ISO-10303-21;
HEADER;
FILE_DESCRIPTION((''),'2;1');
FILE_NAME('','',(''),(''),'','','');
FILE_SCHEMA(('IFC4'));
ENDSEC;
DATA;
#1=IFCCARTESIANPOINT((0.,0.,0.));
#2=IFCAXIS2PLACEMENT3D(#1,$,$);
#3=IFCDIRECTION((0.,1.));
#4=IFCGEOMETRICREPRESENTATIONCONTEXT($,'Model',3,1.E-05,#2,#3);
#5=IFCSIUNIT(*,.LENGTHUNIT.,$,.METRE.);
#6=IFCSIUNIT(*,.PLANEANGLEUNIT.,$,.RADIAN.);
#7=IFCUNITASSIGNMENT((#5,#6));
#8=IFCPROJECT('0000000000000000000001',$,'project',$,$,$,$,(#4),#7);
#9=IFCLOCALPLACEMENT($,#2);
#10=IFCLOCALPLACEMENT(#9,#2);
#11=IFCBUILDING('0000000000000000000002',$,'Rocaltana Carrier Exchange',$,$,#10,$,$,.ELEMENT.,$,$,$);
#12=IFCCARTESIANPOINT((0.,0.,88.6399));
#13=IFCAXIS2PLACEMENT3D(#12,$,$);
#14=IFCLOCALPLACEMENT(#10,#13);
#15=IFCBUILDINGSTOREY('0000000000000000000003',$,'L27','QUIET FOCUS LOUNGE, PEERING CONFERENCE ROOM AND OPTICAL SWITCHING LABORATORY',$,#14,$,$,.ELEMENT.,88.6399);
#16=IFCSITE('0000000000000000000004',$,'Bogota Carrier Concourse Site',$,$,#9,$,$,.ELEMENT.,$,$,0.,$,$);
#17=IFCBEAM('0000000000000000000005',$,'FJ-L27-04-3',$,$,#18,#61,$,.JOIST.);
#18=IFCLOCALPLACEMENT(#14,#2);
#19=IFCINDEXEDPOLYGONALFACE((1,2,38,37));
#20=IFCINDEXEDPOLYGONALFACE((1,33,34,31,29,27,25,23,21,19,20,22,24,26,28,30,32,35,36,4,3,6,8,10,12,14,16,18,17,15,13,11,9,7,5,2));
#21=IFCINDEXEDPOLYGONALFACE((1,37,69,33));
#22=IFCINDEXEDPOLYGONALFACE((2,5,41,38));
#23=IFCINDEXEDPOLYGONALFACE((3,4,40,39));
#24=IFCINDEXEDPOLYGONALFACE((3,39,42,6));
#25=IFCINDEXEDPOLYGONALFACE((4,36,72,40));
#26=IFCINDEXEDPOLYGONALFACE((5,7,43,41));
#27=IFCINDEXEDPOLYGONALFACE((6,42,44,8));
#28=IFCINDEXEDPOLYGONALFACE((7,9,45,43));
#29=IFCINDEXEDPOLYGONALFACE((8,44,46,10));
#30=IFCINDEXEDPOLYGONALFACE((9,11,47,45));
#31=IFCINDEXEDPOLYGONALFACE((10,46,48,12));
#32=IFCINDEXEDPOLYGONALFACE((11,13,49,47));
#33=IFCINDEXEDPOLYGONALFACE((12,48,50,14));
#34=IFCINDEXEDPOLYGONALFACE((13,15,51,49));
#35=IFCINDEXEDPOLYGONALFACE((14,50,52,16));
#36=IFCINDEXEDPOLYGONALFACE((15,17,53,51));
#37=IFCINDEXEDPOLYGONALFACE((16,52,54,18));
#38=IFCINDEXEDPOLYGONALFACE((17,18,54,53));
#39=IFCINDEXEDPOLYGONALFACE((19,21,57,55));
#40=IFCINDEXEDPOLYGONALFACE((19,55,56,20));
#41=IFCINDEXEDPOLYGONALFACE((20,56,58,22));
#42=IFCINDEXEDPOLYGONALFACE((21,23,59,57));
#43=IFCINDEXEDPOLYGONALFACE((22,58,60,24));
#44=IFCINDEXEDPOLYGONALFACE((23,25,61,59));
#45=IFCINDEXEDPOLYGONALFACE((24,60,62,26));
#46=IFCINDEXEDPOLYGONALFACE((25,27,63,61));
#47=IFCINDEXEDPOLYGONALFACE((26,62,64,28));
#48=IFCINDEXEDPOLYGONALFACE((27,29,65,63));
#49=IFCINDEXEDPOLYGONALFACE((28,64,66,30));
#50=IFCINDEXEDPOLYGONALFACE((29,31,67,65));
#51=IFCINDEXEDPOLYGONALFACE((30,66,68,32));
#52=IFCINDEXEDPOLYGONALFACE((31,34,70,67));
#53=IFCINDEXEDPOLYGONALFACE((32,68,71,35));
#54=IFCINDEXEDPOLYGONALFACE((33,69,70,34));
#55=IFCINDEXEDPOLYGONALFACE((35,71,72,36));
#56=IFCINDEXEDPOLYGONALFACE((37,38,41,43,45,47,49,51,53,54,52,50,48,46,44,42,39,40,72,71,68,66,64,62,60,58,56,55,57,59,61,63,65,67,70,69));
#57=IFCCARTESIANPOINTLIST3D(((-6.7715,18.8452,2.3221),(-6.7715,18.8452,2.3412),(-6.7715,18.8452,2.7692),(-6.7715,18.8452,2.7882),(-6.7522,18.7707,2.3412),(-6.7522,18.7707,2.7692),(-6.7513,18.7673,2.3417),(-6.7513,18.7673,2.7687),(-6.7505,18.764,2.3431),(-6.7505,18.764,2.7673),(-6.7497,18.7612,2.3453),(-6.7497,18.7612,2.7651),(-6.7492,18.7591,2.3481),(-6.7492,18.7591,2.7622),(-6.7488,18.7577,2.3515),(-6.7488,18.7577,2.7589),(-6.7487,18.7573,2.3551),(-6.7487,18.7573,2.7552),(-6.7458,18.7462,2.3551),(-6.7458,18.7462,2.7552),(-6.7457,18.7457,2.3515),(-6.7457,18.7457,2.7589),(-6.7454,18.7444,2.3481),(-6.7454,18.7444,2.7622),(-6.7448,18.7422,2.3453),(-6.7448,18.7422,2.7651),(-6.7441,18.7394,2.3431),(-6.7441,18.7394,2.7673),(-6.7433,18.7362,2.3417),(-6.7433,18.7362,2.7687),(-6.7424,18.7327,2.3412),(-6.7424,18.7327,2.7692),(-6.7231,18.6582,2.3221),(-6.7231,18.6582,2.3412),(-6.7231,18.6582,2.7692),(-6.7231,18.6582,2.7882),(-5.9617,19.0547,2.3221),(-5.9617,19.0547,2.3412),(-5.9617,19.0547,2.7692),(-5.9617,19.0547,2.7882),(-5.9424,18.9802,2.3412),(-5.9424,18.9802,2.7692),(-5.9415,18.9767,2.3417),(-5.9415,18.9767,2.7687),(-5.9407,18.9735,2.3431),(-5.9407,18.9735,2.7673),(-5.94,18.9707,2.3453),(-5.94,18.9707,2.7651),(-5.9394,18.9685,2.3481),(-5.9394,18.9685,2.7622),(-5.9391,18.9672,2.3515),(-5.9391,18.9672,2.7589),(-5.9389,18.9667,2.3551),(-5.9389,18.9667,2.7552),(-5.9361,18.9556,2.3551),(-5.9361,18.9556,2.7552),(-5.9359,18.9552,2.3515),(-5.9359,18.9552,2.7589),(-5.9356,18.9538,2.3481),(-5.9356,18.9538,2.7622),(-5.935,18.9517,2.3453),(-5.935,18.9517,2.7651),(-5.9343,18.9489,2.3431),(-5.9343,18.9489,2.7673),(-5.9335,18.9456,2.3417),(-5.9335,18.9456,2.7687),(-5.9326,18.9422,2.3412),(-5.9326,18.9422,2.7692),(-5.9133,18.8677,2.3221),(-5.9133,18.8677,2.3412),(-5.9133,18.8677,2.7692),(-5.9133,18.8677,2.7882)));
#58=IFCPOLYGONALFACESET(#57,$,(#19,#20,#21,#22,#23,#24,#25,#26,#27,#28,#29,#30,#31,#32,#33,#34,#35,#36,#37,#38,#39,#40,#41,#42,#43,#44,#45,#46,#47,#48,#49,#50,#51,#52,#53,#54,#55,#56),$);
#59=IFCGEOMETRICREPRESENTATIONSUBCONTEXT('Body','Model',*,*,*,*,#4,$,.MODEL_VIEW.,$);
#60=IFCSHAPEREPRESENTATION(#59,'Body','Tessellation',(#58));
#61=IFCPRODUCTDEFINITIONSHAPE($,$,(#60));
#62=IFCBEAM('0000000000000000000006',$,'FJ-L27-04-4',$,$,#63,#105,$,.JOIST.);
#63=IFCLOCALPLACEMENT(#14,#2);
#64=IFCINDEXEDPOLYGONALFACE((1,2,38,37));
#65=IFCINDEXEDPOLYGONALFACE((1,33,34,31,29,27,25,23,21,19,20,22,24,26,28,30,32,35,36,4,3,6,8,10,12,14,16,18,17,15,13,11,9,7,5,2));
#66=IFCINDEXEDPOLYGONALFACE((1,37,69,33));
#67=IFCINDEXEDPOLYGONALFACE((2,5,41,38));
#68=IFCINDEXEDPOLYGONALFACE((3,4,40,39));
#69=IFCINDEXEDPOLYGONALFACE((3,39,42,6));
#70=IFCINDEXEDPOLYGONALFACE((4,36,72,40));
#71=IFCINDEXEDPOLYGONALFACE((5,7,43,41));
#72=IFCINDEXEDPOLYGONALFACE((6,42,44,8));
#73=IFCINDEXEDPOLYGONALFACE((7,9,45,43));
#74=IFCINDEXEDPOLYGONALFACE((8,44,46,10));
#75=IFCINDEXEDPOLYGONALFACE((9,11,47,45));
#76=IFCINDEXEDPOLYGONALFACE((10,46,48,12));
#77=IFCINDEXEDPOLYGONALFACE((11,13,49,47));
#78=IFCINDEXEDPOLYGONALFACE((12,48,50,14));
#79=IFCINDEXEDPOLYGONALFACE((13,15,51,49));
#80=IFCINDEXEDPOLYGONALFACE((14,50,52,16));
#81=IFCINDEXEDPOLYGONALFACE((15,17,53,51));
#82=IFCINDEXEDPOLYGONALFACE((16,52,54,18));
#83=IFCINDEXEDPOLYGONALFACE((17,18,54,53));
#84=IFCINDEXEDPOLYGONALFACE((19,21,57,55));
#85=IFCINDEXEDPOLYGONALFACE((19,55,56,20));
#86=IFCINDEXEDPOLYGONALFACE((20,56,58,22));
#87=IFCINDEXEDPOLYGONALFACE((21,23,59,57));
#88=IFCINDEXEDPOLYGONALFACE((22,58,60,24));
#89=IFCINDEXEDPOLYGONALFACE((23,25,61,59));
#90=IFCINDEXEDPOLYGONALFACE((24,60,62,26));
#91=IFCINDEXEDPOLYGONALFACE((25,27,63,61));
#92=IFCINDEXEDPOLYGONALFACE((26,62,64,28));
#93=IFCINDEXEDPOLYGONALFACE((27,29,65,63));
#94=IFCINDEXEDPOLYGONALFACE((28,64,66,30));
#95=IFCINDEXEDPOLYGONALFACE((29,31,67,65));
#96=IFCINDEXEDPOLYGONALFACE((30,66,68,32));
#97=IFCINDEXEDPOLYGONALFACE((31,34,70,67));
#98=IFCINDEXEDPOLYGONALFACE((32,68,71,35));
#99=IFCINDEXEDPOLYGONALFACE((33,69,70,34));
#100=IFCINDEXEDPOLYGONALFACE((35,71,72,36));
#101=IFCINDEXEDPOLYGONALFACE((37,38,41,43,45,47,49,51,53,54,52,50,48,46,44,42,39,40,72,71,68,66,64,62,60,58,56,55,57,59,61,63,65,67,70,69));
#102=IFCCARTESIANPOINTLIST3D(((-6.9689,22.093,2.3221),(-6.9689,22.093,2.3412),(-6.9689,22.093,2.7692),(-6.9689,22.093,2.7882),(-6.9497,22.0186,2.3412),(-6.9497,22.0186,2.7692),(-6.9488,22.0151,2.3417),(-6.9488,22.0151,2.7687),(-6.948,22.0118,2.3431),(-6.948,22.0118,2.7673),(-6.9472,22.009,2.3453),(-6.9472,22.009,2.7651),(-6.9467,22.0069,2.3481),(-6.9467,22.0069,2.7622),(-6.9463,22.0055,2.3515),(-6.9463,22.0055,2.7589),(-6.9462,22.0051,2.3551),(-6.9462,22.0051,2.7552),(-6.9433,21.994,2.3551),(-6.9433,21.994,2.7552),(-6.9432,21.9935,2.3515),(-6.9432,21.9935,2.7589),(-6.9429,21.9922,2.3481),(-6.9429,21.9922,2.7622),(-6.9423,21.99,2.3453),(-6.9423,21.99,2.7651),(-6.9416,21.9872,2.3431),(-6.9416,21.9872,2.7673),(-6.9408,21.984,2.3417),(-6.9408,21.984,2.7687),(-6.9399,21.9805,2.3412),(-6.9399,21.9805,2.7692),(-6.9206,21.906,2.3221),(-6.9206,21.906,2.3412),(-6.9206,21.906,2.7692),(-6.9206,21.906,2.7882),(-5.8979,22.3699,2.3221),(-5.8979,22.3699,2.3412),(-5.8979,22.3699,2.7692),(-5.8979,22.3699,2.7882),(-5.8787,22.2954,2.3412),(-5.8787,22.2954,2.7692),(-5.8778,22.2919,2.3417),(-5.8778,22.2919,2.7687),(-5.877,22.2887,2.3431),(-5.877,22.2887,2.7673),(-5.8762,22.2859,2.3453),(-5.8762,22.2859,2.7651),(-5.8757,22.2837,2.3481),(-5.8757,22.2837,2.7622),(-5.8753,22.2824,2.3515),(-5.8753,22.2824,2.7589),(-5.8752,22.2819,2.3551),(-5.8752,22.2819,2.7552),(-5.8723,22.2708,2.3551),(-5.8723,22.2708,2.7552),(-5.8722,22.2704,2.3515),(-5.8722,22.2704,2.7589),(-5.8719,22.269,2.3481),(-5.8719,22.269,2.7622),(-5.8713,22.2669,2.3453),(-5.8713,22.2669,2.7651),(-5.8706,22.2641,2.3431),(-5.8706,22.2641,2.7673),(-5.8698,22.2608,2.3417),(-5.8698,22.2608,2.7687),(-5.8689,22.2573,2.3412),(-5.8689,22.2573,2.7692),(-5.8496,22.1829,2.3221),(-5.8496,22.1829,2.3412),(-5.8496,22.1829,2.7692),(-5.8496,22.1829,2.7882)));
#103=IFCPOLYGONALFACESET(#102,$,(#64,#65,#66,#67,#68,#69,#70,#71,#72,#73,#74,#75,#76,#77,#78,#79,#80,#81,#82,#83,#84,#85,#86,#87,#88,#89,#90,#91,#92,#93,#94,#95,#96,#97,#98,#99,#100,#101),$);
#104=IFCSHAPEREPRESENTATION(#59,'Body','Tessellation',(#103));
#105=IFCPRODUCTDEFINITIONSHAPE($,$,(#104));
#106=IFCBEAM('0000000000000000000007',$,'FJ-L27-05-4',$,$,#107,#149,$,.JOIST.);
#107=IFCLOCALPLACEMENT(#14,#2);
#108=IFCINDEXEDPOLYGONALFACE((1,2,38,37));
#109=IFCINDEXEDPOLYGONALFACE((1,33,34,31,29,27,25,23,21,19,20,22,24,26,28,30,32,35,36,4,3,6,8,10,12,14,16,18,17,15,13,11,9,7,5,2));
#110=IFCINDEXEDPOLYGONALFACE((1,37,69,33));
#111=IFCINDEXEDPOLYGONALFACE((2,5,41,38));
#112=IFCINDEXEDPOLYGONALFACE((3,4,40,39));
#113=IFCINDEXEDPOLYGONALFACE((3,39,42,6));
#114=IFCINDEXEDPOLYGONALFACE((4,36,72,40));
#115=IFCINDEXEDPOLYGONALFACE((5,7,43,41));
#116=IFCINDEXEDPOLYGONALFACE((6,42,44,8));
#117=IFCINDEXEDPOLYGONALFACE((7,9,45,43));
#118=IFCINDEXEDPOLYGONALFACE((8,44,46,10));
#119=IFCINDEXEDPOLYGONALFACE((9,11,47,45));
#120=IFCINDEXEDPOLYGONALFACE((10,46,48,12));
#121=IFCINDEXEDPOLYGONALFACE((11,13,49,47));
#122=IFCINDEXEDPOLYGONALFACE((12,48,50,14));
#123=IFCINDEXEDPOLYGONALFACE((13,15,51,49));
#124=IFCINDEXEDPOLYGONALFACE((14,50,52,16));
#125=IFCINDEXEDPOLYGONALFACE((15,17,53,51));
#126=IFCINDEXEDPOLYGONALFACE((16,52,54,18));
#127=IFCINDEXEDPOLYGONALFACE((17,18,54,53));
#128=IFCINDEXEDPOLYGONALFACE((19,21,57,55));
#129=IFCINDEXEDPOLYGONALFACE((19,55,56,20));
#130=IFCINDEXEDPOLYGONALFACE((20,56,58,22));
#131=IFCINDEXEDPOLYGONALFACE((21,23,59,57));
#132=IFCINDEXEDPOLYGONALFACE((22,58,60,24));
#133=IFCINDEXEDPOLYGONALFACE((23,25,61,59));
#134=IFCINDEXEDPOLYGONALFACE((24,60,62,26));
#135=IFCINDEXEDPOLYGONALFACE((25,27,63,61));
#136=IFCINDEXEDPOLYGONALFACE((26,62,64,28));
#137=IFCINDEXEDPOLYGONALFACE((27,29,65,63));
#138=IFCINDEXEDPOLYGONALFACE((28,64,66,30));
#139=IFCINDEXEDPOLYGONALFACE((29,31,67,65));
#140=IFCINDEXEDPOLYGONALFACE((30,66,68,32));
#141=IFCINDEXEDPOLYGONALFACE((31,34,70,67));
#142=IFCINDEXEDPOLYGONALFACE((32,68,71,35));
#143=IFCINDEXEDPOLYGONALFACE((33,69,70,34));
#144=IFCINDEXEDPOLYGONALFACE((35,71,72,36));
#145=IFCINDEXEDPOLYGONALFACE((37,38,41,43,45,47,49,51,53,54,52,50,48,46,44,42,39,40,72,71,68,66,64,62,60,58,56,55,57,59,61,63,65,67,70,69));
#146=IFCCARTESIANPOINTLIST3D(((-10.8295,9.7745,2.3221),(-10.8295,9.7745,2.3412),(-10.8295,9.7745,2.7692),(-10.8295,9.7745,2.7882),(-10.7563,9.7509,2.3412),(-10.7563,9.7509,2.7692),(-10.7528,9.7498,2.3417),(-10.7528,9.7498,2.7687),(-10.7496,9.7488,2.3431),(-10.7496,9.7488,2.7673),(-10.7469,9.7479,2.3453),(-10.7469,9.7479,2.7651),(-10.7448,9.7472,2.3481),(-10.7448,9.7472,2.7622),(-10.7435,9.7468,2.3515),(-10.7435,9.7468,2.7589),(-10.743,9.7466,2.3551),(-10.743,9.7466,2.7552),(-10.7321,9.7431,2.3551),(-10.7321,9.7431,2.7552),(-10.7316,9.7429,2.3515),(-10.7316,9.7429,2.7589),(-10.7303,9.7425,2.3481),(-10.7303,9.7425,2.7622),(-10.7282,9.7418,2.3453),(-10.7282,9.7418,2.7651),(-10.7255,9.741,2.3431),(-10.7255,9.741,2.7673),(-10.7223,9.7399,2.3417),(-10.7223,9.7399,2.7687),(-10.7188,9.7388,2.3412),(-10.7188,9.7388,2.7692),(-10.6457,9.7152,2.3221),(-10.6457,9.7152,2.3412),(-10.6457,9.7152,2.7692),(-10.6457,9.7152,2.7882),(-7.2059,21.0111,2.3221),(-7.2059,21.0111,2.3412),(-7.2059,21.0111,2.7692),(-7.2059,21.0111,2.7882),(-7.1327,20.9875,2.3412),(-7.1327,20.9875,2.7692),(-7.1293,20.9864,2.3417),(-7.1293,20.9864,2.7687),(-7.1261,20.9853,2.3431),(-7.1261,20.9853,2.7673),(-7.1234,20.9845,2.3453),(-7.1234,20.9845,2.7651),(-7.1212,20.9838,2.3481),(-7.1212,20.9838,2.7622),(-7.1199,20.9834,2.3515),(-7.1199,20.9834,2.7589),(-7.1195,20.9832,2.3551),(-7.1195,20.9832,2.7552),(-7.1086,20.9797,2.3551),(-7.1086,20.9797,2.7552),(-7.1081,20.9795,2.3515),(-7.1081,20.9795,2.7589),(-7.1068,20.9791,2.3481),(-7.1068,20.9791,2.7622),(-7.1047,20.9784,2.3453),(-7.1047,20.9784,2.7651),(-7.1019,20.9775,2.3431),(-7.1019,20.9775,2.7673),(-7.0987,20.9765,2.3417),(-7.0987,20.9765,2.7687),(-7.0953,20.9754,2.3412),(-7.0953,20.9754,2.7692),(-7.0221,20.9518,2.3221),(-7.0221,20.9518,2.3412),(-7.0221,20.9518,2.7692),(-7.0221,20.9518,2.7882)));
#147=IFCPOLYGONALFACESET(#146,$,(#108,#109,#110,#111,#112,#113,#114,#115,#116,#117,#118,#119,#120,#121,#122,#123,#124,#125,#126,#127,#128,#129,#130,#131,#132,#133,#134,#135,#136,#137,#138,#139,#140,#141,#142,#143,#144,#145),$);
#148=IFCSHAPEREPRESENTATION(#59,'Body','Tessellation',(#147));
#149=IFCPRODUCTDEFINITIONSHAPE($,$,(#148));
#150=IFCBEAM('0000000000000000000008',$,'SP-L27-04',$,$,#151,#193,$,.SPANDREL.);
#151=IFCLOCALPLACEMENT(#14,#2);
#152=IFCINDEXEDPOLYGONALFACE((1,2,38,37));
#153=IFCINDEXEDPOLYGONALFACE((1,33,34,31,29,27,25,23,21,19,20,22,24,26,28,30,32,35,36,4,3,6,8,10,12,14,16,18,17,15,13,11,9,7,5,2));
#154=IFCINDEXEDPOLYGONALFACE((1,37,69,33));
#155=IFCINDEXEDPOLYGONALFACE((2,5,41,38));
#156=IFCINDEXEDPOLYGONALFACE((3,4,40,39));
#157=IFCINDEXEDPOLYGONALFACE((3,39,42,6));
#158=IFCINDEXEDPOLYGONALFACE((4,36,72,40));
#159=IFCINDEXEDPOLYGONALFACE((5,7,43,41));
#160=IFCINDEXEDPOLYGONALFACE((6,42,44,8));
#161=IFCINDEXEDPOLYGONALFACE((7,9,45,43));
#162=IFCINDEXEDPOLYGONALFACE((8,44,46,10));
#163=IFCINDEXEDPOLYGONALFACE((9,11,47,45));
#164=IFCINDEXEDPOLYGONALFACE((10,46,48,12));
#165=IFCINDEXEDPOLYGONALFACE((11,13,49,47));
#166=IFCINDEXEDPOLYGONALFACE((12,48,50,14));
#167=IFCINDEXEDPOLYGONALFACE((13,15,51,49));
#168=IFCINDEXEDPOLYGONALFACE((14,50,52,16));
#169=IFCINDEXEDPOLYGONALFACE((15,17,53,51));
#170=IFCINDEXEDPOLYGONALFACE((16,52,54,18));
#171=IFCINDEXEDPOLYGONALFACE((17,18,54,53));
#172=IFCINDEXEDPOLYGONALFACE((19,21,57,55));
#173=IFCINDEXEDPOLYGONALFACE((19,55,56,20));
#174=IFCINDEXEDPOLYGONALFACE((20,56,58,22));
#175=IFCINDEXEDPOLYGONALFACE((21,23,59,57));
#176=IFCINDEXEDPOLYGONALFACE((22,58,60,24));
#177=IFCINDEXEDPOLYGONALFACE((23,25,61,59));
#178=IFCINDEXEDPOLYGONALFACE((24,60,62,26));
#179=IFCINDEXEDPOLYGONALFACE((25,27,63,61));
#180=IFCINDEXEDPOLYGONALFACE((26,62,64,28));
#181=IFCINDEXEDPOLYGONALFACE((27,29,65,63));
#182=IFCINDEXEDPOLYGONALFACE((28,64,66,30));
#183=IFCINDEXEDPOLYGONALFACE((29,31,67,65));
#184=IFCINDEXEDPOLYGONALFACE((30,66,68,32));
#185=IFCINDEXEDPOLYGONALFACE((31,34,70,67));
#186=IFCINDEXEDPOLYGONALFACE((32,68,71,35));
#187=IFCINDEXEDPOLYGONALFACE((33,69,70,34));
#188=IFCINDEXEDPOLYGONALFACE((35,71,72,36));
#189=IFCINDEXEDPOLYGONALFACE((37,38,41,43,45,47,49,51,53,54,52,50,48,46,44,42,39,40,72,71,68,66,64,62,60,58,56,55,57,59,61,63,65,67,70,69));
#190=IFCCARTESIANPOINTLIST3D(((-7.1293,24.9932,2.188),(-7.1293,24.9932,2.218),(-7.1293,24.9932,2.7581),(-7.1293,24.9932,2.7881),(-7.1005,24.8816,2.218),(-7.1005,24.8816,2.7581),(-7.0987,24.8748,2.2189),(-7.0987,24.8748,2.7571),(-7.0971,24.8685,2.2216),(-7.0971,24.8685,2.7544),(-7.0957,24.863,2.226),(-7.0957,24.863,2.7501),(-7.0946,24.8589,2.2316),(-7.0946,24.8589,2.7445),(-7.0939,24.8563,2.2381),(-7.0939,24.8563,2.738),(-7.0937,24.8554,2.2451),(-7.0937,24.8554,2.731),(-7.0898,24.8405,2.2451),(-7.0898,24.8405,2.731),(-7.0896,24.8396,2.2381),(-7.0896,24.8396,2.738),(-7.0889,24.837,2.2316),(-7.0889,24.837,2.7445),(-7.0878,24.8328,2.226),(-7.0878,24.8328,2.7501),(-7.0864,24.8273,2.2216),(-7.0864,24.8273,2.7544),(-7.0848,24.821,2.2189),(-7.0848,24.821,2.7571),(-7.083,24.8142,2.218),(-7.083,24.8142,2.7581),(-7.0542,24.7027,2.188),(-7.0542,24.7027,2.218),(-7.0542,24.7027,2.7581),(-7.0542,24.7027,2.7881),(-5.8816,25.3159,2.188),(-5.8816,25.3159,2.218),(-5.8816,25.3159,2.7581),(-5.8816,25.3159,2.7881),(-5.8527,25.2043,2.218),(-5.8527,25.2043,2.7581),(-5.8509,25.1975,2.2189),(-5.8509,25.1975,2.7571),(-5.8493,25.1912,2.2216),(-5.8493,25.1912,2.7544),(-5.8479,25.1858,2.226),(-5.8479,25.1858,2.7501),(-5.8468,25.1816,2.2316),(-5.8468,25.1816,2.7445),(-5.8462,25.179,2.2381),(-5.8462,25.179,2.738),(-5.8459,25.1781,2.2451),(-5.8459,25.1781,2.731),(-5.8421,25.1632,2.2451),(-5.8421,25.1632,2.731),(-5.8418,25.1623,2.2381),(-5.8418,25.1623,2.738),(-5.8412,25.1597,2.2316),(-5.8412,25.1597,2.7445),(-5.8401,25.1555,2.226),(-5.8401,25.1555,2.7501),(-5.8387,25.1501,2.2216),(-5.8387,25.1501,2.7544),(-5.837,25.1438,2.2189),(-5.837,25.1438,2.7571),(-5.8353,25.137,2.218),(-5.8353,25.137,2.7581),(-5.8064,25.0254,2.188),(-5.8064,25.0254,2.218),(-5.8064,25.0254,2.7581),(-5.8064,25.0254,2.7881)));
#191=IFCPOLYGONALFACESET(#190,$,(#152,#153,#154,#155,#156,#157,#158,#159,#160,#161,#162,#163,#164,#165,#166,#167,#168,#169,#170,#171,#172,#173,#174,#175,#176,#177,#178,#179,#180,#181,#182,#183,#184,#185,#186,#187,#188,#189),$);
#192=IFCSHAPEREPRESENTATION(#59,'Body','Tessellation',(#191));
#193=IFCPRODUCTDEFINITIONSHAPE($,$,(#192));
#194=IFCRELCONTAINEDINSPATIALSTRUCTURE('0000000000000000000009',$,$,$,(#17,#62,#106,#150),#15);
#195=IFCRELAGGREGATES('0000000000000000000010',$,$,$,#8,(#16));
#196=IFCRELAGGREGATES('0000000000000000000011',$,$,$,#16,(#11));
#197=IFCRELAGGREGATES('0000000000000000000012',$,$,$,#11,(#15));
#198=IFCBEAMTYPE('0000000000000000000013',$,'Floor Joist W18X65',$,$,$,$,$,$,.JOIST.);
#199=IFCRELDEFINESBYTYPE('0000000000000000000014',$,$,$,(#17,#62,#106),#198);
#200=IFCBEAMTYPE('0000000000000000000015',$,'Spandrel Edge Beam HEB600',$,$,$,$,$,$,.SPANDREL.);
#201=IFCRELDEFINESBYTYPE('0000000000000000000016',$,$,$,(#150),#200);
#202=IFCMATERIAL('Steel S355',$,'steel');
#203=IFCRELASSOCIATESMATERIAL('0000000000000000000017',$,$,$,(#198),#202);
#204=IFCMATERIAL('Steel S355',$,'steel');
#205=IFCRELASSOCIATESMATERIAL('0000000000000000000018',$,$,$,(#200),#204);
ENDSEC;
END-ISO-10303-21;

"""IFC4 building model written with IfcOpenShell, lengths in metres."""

from ifc_helpers import new_model, si_unit, direction, frame, origin, origin_2d, place, context, subcontext, project, spatial, i_section, extrude, material, material_profile, profile_set, type_object, element, save


model = new_model("IFC4")

# Units and contexts
model_context = context("Model", 3, precision=1e-05, world=origin(), true_north=direction((0.0, 1.0)))
body_context = subcontext(model_context, "Body", "Model", "MODEL_VIEW")
ifc_project = project(units=[si_unit("LENGTHUNIT", "METRE"), si_unit("PLANEANGLEUNIT", "RADIAN")], contexts=[model_context])

# Site, building, storey
site_placement = place(None, origin())
site = spatial("IfcSite", under=ifc_project, at=site_placement, Name="Bogota Carrier Concourse Site", CompositionType="ELEMENT", RefElevation=0.0)
building_placement = place(site_placement, origin())
building = spatial("IfcBuilding", under=site, at=building_placement, Name="Rocaltana Carrier Exchange", CompositionType="ELEMENT")
storey_placement = place(building_placement, frame((0.0, 0.0, 88.6399)))
storey = spatial("IfcBuildingStorey", under=building, at=storey_placement, Name="L27", Description="QUIET FOCUS LOUNGE, PEERING CONFERENCE ROOM AND OPTICAL SWITCHING LABORATORY", CompositionType="ELEMENT", Elevation=88.6399)

# Beams
ifc_material_1 = material(Name="Steel S355", Category="steel")
ifc_material_profile_1 = material_profile(ifc_material_1, i_section(OverallWidth=0.1931, OverallDepth=0.4661, WebThickness=0.0115, FlangeThickness=0.019, FilletRadius=0.0139, at=origin_2d()), Name="W18X65")
ifc_profile_set_1 = profile_set([ifc_material_profile_1], Name="Steel S355")
beam_type_1 = type_object("IfcBeamType", Name="Floor Joist W18X65", PredefinedType="JOIST", material=ifc_profile_set_1)
beam_1_placement = place(storey_placement, frame((-5.9375, 18.9612, 2.5552), z_axis=(-0.968136, -0.250425, 0.0), x_axis=(0.250425, -0.968136, 0.0)))
element("IfcBeam", 1, at=beam_1_placement, inside=storey, type_object=beam_type_1, Name="FJ-L27-04-3", PredefinedType="JOIST", context=body_context, shape_type="SweptSolid", body=[
    extrude(i_section(OverallWidth=0.1931, OverallDepth=0.4661, WebThickness=0.0115, FlangeThickness=0.019, FilletRadius=0.0139, at=origin_2d()), origin(), (0.0, 0.0, 1.0), 0.8364),
])
beam_2_placement = place(storey_placement, frame((-5.8738, 22.2764, 2.5552), z_axis=(-0.968177, -0.250265, 0.0), x_axis=(0.250265, -0.968177, 0.0)))
element("IfcBeam", 2, at=beam_2_placement, inside=storey, type_object=beam_type_1, Name="FJ-L27-04-4", PredefinedType="JOIST", context=body_context, shape_type="SweptSolid", body=[
    extrude(i_section(OverallWidth=0.1931, OverallDepth=0.4661, WebThickness=0.0115, FlangeThickness=0.019, FilletRadius=0.0139, at=origin_2d()), origin(), (0.0, 0.0, 1.0), 1.1062),
])
beam_3_placement = place(storey_placement, frame((-7.114, 20.9814, 2.5552), z_axis=(-0.306913, -0.951737, 0.0), x_axis=(0.951737, -0.306913, 0.0)))
element("IfcBeam", 3, at=beam_3_placement, inside=storey, type_object=beam_type_1, Name="FJ-L27-05-4", PredefinedType="JOIST", context=body_context, shape_type="SweptSolid", body=[
    extrude(i_section(OverallWidth=0.1931, OverallDepth=0.4661, WebThickness=0.0115, FlangeThickness=0.019, FilletRadius=0.0139, at=origin_2d()), origin(), (0.0, 0.0, 1.0), 11.8064),
])
ifc_material_2 = material(Name="Steel S355", Category="steel")
ifc_material_profile_2 = material_profile(ifc_material_2, i_section(OverallWidth=0.3, OverallDepth=0.6001, WebThickness=0.0154, FlangeThickness=0.03, FilletRadius=0.0271, at=origin_2d()), Name="HEB600")
ifc_profile_set_2 = profile_set([ifc_material_profile_2], Name="Steel S355")
beam_type_2 = type_object("IfcBeamType", Name="Spandrel Edge Beam HEB600", PredefinedType="SPANDREL", material=ifc_profile_set_2)
beam_4_placement = place(storey_placement, frame((-5.844, 25.1707, 2.488), z_axis=(-0.968138, -0.250416, 0.0), x_axis=(0.250416, -0.968138, 0.0)))
element("IfcBeam", 4, at=beam_4_placement, inside=storey, type_object=beam_type_2, Name="SP-L27-04", PredefinedType="SPANDREL", context=body_context, shape_type="SweptSolid", body=[
    extrude(i_section(OverallWidth=0.3, OverallDepth=0.6001, WebThickness=0.0154, FlangeThickness=0.03, FilletRadius=0.0271, at=origin_2d()), origin(), (0.0, 0.0, 1.0), 1.2888),
])

save(model, "model.ifc")
